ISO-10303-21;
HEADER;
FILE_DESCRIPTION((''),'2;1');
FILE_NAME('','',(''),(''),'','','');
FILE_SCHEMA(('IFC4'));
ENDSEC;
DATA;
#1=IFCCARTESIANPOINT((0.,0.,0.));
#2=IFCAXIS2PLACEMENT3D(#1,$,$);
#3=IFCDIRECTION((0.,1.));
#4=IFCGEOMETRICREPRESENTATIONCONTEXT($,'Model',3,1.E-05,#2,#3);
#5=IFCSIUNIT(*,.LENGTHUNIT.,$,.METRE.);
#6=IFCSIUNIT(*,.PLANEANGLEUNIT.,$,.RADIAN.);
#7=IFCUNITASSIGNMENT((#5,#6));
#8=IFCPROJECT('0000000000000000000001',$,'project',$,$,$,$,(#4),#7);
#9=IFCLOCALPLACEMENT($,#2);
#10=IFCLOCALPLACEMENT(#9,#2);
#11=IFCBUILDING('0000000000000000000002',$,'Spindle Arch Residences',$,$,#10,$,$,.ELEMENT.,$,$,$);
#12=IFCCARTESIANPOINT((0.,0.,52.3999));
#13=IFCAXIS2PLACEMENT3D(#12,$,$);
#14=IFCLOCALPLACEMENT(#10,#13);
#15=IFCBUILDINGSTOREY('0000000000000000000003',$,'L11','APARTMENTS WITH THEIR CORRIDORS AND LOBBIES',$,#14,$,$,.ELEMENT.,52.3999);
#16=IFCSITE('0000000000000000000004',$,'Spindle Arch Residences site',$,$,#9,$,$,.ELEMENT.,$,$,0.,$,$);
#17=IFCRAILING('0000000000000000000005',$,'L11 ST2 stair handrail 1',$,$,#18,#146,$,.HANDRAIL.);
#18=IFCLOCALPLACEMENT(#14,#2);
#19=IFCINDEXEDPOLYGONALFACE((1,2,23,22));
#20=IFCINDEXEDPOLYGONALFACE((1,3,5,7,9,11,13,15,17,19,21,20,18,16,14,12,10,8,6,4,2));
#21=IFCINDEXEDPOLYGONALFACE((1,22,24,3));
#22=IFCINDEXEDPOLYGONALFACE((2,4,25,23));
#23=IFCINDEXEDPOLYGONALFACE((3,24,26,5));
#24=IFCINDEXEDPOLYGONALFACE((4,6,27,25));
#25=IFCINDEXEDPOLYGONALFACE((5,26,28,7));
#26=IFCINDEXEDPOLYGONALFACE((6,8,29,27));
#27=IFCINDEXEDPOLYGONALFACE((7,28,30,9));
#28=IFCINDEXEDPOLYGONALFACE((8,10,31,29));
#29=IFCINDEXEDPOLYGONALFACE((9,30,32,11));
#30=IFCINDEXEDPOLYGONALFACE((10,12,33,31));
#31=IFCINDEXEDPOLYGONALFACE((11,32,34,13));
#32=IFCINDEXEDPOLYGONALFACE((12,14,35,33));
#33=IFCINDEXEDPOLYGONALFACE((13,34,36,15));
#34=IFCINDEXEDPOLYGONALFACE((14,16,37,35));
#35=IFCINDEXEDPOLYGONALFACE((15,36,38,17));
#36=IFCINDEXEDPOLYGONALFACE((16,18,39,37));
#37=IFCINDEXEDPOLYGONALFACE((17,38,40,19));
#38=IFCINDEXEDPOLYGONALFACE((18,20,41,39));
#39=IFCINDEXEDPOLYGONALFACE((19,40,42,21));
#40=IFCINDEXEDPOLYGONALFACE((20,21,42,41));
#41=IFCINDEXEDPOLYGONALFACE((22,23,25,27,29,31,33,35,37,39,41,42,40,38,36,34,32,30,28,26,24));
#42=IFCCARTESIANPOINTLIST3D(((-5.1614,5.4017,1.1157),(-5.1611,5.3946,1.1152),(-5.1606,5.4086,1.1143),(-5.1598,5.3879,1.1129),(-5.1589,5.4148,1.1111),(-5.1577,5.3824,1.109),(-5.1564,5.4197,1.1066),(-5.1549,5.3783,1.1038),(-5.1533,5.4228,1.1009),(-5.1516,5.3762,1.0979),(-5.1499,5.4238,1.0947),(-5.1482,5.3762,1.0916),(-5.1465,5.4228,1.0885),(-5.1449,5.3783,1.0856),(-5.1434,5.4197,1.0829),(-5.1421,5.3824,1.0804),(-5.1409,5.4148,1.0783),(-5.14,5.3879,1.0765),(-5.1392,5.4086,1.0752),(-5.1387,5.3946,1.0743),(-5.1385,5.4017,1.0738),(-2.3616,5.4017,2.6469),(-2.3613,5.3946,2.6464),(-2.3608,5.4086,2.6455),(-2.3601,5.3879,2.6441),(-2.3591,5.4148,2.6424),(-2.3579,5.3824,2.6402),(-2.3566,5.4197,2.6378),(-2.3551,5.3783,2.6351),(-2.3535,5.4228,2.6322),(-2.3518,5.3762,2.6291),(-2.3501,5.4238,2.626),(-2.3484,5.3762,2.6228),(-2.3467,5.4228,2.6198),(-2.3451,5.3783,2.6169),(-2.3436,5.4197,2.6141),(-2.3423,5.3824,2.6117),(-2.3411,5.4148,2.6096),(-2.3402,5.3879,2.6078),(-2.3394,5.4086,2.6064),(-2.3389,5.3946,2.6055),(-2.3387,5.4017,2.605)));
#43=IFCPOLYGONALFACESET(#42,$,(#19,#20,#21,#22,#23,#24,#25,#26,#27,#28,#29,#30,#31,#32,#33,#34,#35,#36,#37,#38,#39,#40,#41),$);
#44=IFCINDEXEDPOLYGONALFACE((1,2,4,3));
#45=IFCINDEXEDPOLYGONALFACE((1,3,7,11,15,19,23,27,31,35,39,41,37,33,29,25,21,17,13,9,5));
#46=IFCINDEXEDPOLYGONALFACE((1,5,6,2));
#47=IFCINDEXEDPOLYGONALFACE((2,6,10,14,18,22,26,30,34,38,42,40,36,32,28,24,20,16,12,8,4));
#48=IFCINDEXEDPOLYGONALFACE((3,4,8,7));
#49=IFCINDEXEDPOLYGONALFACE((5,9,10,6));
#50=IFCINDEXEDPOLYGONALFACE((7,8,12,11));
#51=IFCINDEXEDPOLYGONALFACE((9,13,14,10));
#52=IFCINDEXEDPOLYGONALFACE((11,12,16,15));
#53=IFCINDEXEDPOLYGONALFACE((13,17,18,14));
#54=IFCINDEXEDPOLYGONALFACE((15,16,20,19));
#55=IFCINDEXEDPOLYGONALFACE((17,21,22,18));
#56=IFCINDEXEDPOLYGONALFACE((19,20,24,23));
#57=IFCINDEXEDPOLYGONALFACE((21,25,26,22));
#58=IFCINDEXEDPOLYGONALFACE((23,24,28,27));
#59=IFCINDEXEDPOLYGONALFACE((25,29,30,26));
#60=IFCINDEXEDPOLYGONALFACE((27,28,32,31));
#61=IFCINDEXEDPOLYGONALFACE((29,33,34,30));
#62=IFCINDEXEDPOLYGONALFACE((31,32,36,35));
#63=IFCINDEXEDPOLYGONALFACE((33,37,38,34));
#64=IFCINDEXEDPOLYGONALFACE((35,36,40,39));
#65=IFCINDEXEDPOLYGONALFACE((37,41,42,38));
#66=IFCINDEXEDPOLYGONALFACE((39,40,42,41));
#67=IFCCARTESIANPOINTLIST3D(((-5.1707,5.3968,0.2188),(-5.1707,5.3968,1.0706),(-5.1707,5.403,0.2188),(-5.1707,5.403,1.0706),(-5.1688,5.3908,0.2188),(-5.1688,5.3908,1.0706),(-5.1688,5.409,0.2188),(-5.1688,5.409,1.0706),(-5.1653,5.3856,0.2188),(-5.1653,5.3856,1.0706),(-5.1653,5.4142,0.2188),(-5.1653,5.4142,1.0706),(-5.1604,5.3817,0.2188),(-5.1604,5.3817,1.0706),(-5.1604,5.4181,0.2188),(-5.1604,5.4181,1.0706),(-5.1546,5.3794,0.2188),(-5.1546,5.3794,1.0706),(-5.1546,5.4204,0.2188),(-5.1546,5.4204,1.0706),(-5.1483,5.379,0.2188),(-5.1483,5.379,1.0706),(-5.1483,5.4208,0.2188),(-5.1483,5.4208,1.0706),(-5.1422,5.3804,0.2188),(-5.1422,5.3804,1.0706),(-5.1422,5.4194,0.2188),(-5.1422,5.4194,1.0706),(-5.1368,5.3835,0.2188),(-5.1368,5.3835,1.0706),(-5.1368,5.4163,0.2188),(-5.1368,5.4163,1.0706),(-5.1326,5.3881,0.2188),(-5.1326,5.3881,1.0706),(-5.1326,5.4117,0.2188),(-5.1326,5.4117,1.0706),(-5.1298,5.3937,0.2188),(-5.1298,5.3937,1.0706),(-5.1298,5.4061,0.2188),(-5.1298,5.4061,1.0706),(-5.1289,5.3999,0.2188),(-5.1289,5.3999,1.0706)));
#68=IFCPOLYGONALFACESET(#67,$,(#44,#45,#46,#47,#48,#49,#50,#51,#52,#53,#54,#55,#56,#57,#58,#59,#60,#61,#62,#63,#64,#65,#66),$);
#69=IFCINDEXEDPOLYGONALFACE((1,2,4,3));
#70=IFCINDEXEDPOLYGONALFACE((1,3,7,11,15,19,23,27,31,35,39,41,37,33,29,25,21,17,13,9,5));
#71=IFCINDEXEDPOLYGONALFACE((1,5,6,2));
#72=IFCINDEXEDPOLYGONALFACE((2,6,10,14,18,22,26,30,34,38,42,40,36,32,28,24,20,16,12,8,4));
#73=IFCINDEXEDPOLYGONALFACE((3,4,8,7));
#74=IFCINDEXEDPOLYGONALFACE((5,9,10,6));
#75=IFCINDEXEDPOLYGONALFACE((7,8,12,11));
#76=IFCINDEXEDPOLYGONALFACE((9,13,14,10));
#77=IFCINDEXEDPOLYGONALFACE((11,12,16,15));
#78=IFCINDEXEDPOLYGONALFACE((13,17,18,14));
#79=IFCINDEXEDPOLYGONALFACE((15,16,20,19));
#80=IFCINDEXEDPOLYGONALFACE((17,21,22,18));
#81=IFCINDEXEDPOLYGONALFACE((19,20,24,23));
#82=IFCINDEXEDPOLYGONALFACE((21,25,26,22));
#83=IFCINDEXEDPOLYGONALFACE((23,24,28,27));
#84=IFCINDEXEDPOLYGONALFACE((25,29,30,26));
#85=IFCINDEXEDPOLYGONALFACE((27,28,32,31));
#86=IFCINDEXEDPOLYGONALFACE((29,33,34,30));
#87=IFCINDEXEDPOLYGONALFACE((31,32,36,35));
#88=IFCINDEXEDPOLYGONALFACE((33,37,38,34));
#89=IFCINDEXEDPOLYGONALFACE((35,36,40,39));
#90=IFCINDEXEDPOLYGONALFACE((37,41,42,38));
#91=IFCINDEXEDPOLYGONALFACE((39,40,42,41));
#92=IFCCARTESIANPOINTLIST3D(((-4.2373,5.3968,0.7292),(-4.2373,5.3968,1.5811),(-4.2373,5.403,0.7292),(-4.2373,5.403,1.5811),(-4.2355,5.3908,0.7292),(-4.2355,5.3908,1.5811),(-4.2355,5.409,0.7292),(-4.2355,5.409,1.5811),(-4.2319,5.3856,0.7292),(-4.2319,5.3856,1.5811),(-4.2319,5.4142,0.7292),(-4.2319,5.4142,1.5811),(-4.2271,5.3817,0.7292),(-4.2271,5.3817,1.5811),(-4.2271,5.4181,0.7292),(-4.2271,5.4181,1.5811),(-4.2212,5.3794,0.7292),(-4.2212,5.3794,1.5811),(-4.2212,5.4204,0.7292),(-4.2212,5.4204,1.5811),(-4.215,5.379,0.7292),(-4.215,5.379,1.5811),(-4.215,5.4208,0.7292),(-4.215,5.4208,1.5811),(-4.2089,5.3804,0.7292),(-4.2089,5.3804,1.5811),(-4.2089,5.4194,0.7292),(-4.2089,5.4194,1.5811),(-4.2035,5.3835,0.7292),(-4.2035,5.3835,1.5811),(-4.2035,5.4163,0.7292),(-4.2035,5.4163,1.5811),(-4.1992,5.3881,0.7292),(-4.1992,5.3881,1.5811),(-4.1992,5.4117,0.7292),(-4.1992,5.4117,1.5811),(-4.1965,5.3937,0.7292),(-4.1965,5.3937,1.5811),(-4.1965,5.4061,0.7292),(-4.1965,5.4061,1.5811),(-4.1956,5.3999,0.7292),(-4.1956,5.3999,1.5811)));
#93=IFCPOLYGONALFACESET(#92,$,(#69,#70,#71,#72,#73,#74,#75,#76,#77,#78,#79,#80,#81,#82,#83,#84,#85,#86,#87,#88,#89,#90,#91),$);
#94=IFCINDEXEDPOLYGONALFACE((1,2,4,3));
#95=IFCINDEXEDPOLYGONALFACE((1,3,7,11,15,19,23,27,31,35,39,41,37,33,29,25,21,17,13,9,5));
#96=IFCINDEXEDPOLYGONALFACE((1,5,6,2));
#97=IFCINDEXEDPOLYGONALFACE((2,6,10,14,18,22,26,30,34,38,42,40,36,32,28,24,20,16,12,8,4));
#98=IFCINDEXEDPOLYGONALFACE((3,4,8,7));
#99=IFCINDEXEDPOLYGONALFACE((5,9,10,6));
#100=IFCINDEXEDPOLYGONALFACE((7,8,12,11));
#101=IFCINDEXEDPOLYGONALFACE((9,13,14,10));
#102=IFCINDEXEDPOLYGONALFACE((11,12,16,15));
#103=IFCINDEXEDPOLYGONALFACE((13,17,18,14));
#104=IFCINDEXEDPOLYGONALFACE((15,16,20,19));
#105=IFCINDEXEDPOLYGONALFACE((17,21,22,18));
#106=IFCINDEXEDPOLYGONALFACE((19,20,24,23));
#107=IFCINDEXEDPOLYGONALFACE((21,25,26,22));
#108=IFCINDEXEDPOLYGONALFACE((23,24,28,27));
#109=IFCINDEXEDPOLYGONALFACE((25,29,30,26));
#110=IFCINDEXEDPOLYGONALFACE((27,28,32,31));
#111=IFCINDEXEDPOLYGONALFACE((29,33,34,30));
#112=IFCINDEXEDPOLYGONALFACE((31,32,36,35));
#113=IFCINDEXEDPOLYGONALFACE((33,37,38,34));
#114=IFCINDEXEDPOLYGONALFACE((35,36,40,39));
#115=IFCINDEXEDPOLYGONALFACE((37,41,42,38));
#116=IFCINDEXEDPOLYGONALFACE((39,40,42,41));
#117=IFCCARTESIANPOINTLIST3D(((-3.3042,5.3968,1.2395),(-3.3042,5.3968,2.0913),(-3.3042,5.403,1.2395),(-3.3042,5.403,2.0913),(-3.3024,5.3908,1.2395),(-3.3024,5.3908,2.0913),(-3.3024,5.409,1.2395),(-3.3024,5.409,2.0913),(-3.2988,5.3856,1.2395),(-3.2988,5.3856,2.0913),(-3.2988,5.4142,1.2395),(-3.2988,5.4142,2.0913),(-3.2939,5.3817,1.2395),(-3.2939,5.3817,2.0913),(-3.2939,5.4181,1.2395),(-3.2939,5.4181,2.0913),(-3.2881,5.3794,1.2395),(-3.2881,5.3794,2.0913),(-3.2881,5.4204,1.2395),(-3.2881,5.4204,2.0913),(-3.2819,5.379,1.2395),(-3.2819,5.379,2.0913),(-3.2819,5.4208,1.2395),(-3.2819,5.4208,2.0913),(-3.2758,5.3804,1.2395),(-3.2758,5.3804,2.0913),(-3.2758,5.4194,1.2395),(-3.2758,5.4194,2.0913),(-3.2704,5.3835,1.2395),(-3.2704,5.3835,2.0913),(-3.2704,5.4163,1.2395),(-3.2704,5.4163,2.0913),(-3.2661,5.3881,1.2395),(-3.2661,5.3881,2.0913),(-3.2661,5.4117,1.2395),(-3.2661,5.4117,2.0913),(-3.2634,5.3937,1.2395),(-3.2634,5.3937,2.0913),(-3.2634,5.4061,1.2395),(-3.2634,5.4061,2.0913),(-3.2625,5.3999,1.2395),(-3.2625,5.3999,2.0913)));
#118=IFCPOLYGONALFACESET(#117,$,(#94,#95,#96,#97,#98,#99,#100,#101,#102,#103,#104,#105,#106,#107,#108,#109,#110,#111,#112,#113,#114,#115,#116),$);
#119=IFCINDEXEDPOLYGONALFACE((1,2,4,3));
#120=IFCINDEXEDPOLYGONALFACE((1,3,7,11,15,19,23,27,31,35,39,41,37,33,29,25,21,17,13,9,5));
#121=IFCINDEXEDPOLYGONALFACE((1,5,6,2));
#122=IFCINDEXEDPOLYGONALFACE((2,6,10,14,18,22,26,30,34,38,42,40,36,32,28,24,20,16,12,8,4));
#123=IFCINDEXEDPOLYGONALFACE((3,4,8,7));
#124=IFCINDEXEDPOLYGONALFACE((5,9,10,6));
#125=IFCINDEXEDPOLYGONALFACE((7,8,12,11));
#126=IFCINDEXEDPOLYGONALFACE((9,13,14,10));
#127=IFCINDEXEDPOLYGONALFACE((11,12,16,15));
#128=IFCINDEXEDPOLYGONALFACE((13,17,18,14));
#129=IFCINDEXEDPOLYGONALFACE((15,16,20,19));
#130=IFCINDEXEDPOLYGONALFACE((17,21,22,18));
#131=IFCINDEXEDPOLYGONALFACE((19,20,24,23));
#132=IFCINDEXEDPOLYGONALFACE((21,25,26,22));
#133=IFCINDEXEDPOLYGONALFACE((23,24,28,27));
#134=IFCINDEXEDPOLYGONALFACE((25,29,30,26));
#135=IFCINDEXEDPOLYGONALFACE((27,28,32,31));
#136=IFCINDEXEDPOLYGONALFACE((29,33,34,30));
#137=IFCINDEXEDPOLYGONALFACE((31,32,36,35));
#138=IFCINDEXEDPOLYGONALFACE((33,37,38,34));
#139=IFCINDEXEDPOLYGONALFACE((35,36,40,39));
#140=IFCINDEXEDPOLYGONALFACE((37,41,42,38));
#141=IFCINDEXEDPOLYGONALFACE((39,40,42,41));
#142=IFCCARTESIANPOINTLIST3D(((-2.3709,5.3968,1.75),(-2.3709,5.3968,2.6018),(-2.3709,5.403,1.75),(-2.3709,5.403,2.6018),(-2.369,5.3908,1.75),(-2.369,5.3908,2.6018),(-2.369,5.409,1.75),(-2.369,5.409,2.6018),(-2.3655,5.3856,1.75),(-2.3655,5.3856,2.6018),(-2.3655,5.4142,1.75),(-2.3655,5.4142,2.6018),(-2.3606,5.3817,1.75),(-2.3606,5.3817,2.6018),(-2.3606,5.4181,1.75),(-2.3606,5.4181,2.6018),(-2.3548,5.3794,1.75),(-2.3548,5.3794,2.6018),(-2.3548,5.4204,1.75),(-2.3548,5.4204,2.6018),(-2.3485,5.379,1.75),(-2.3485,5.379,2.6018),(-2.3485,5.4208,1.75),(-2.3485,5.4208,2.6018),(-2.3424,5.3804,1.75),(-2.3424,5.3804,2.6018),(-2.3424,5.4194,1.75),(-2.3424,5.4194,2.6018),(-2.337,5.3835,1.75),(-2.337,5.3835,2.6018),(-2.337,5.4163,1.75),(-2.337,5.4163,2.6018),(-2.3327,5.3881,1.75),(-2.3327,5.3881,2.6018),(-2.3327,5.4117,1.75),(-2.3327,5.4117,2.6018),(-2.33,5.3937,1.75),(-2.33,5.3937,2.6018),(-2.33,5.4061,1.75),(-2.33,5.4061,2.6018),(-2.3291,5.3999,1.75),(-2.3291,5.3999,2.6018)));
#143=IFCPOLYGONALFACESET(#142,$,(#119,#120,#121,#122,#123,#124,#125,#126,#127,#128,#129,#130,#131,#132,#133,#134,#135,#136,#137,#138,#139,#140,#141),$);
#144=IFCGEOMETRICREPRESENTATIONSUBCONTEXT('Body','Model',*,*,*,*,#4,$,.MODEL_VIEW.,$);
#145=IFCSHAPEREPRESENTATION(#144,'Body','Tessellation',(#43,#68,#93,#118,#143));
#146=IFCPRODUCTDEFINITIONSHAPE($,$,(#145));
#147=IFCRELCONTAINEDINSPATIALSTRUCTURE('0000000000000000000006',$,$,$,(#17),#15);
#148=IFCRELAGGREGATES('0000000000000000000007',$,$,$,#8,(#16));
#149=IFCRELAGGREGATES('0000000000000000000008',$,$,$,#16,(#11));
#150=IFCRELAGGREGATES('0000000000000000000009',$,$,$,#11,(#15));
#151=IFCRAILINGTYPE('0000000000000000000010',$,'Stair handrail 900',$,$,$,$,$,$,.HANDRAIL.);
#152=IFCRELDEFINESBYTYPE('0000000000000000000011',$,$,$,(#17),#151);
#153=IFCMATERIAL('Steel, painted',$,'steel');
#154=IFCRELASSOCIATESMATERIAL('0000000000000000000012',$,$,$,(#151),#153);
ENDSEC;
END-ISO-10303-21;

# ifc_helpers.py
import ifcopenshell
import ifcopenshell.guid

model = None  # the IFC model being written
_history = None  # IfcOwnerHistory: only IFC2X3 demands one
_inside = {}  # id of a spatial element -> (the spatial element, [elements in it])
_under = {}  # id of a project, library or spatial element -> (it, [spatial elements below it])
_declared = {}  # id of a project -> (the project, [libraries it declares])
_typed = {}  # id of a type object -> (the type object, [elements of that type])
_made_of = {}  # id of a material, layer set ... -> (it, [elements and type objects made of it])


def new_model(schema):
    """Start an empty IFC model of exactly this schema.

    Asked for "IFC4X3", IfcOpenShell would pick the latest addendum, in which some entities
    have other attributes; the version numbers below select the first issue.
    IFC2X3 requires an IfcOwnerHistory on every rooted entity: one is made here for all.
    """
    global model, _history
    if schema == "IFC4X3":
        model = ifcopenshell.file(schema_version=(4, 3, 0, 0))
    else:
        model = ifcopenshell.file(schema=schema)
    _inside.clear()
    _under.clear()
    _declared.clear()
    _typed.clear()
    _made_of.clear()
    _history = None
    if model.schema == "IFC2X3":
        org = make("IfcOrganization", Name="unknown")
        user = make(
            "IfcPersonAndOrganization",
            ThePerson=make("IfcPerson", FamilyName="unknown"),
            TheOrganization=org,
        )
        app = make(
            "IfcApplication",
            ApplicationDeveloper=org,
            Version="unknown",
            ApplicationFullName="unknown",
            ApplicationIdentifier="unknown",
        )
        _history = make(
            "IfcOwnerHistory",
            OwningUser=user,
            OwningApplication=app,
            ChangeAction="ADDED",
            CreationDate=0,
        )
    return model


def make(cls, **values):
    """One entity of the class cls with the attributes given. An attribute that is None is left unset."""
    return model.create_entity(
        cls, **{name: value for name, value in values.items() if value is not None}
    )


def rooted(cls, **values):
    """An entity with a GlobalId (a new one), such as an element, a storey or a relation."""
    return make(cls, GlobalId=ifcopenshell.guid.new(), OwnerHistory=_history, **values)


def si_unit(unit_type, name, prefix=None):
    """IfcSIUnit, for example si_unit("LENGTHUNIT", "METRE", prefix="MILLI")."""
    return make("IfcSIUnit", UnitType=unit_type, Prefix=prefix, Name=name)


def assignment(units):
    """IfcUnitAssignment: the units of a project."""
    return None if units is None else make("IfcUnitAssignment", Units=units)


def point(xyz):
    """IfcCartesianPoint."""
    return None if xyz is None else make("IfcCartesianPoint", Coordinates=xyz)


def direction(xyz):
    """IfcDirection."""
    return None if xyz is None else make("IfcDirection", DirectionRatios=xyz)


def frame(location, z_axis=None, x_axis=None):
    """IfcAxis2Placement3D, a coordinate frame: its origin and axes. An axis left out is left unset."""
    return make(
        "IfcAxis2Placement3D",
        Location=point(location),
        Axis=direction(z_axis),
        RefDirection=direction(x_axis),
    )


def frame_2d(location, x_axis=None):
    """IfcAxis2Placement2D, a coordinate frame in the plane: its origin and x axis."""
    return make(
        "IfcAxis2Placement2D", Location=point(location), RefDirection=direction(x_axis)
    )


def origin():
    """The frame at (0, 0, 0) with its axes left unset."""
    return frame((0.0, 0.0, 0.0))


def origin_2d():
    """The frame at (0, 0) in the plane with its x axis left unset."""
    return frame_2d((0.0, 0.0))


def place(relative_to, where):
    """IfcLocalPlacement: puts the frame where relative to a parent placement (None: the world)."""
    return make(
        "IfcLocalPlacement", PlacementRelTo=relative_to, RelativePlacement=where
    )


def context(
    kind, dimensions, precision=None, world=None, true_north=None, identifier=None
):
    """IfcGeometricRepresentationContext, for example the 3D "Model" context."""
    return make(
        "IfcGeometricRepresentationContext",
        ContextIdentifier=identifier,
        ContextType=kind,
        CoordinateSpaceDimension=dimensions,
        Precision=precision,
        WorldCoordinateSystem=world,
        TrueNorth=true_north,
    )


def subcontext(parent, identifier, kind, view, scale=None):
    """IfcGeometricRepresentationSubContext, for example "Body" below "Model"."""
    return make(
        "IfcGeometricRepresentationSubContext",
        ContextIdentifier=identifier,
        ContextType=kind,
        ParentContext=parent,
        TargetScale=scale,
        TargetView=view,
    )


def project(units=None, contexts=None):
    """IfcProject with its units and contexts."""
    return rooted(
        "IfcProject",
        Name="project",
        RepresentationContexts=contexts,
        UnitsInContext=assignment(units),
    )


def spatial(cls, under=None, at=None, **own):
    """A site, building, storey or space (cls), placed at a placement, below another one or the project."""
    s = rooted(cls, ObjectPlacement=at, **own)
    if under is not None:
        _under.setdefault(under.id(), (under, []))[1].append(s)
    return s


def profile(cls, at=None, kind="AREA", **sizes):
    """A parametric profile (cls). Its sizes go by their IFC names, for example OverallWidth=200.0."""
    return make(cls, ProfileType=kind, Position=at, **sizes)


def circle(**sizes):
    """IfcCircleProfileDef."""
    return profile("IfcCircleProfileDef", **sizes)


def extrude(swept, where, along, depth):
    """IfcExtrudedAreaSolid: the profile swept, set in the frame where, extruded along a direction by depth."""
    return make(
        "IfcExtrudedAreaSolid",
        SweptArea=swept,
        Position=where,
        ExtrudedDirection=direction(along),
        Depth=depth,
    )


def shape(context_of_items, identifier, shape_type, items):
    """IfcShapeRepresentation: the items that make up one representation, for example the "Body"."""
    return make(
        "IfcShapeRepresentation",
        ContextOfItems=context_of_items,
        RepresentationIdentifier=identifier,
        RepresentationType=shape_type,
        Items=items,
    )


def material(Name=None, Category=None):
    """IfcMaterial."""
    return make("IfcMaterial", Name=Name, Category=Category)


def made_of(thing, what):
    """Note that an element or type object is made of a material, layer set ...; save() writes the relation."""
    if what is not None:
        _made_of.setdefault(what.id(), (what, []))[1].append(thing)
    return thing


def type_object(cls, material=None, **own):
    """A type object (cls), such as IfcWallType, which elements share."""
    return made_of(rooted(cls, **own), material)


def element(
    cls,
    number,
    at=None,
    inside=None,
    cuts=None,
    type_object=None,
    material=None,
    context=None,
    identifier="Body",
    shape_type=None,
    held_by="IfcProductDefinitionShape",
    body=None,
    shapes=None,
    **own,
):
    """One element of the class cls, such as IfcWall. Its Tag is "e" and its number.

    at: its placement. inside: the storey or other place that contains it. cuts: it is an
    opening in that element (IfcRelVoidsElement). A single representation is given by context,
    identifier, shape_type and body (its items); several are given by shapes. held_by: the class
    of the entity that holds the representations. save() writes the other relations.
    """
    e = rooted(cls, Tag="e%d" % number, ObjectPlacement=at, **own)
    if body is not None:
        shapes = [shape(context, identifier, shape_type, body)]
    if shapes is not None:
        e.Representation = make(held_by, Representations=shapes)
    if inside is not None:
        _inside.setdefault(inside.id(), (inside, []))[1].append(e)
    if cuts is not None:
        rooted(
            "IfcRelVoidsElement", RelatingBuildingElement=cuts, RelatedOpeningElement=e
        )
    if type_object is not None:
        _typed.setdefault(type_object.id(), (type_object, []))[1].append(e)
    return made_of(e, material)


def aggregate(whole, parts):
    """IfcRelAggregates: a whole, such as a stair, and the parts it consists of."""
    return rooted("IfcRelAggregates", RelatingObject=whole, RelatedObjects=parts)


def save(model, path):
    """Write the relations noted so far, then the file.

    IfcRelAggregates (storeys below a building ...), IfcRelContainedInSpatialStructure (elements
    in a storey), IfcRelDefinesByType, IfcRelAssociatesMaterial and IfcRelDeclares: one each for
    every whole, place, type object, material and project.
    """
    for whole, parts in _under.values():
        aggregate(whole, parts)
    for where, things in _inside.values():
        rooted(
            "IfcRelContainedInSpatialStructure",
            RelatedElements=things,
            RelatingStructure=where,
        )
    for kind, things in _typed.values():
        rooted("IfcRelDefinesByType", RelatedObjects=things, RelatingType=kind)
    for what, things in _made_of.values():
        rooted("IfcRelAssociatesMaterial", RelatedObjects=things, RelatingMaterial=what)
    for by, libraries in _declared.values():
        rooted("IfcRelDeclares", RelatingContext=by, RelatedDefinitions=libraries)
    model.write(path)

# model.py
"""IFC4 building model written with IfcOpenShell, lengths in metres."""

from ifc_helpers import new_model, si_unit, direction, frame, origin, origin_2d, place, context, subcontext, project, spatial, circle, extrude, material, type_object, element, save


model = new_model("IFC4")

# Units and contexts
model_context = context("Model", 3, precision=1e-05, world=origin(), true_north=direction((0.0, 1.0)))
body_context = subcontext(model_context, "Body", "Model", "MODEL_VIEW")
ifc_project = project(units=[si_unit("LENGTHUNIT", "METRE"), si_unit("PLANEANGLEUNIT", "RADIAN")], contexts=[model_context])

# Site, building, storey
site_placement = place(None, origin())
site = spatial("IfcSite", under=ifc_project, at=site_placement, Name="Spindle Arch Residences site", CompositionType="ELEMENT", RefElevation=0.0)
building_placement = place(site_placement, origin())
building = spatial("IfcBuilding", under=site, at=building_placement, Name="Spindle Arch Residences", CompositionType="ELEMENT")
storey_placement = place(building_placement, frame((0.0, 0.0, 52.3999)))
storey = spatial("IfcBuildingStorey", under=building, at=storey_placement, Name="L11", Description="APARTMENTS WITH THEIR CORRIDORS AND LOBBIES", CompositionType="ELEMENT", Elevation=52.3999)

# Railing
ifc_material_1 = material(Name="Steel, painted", Category="steel")
railing_type_1 = type_object("IfcRailingType", Name="Stair handrail 900", PredefinedType="HANDRAIL", material=ifc_material_1)
railing_1_placement = place(storey_placement, frame((-5.1499, 5.3999, 0.2188)))
element("IfcRailing", 1, at=railing_1_placement, inside=storey, type_object=railing_type_1, Name="L11 ST2 stair handrail 1", PredefinedType="HANDRAIL", context=body_context, shape_type="SweptSolid", body=[
    extrude(circle(Radius=0.0239, at=origin_2d()), frame((0.0, 0.0, 0.876), z_axis=(0.877357, 0.0, 0.479838), x_axis=(0.0, 1.0, 0.0)), (0.0, 0.0, 1.0), 3.1912),
    extrude(circle(Radius=0.021, at=origin_2d()), origin(), (0.0, 0.0, 1.0), 0.8518),
    extrude(circle(Radius=0.021, at=origin_2d()), frame((0.9333, 0.0, 0.5105)), (0.0, 0.0, 1.0), 0.8518),
    extrude(circle(Radius=0.021, at=origin_2d()), frame((1.8665, 0.0, 1.0208)), (0.0, 0.0, 1.0), 0.8518),
    extrude(circle(Radius=0.021, at=origin_2d()), frame((2.7998, 0.0, 1.5312)), (0.0, 0.0, 1.0), 0.8518),
])

save(model, "model.ifc")
